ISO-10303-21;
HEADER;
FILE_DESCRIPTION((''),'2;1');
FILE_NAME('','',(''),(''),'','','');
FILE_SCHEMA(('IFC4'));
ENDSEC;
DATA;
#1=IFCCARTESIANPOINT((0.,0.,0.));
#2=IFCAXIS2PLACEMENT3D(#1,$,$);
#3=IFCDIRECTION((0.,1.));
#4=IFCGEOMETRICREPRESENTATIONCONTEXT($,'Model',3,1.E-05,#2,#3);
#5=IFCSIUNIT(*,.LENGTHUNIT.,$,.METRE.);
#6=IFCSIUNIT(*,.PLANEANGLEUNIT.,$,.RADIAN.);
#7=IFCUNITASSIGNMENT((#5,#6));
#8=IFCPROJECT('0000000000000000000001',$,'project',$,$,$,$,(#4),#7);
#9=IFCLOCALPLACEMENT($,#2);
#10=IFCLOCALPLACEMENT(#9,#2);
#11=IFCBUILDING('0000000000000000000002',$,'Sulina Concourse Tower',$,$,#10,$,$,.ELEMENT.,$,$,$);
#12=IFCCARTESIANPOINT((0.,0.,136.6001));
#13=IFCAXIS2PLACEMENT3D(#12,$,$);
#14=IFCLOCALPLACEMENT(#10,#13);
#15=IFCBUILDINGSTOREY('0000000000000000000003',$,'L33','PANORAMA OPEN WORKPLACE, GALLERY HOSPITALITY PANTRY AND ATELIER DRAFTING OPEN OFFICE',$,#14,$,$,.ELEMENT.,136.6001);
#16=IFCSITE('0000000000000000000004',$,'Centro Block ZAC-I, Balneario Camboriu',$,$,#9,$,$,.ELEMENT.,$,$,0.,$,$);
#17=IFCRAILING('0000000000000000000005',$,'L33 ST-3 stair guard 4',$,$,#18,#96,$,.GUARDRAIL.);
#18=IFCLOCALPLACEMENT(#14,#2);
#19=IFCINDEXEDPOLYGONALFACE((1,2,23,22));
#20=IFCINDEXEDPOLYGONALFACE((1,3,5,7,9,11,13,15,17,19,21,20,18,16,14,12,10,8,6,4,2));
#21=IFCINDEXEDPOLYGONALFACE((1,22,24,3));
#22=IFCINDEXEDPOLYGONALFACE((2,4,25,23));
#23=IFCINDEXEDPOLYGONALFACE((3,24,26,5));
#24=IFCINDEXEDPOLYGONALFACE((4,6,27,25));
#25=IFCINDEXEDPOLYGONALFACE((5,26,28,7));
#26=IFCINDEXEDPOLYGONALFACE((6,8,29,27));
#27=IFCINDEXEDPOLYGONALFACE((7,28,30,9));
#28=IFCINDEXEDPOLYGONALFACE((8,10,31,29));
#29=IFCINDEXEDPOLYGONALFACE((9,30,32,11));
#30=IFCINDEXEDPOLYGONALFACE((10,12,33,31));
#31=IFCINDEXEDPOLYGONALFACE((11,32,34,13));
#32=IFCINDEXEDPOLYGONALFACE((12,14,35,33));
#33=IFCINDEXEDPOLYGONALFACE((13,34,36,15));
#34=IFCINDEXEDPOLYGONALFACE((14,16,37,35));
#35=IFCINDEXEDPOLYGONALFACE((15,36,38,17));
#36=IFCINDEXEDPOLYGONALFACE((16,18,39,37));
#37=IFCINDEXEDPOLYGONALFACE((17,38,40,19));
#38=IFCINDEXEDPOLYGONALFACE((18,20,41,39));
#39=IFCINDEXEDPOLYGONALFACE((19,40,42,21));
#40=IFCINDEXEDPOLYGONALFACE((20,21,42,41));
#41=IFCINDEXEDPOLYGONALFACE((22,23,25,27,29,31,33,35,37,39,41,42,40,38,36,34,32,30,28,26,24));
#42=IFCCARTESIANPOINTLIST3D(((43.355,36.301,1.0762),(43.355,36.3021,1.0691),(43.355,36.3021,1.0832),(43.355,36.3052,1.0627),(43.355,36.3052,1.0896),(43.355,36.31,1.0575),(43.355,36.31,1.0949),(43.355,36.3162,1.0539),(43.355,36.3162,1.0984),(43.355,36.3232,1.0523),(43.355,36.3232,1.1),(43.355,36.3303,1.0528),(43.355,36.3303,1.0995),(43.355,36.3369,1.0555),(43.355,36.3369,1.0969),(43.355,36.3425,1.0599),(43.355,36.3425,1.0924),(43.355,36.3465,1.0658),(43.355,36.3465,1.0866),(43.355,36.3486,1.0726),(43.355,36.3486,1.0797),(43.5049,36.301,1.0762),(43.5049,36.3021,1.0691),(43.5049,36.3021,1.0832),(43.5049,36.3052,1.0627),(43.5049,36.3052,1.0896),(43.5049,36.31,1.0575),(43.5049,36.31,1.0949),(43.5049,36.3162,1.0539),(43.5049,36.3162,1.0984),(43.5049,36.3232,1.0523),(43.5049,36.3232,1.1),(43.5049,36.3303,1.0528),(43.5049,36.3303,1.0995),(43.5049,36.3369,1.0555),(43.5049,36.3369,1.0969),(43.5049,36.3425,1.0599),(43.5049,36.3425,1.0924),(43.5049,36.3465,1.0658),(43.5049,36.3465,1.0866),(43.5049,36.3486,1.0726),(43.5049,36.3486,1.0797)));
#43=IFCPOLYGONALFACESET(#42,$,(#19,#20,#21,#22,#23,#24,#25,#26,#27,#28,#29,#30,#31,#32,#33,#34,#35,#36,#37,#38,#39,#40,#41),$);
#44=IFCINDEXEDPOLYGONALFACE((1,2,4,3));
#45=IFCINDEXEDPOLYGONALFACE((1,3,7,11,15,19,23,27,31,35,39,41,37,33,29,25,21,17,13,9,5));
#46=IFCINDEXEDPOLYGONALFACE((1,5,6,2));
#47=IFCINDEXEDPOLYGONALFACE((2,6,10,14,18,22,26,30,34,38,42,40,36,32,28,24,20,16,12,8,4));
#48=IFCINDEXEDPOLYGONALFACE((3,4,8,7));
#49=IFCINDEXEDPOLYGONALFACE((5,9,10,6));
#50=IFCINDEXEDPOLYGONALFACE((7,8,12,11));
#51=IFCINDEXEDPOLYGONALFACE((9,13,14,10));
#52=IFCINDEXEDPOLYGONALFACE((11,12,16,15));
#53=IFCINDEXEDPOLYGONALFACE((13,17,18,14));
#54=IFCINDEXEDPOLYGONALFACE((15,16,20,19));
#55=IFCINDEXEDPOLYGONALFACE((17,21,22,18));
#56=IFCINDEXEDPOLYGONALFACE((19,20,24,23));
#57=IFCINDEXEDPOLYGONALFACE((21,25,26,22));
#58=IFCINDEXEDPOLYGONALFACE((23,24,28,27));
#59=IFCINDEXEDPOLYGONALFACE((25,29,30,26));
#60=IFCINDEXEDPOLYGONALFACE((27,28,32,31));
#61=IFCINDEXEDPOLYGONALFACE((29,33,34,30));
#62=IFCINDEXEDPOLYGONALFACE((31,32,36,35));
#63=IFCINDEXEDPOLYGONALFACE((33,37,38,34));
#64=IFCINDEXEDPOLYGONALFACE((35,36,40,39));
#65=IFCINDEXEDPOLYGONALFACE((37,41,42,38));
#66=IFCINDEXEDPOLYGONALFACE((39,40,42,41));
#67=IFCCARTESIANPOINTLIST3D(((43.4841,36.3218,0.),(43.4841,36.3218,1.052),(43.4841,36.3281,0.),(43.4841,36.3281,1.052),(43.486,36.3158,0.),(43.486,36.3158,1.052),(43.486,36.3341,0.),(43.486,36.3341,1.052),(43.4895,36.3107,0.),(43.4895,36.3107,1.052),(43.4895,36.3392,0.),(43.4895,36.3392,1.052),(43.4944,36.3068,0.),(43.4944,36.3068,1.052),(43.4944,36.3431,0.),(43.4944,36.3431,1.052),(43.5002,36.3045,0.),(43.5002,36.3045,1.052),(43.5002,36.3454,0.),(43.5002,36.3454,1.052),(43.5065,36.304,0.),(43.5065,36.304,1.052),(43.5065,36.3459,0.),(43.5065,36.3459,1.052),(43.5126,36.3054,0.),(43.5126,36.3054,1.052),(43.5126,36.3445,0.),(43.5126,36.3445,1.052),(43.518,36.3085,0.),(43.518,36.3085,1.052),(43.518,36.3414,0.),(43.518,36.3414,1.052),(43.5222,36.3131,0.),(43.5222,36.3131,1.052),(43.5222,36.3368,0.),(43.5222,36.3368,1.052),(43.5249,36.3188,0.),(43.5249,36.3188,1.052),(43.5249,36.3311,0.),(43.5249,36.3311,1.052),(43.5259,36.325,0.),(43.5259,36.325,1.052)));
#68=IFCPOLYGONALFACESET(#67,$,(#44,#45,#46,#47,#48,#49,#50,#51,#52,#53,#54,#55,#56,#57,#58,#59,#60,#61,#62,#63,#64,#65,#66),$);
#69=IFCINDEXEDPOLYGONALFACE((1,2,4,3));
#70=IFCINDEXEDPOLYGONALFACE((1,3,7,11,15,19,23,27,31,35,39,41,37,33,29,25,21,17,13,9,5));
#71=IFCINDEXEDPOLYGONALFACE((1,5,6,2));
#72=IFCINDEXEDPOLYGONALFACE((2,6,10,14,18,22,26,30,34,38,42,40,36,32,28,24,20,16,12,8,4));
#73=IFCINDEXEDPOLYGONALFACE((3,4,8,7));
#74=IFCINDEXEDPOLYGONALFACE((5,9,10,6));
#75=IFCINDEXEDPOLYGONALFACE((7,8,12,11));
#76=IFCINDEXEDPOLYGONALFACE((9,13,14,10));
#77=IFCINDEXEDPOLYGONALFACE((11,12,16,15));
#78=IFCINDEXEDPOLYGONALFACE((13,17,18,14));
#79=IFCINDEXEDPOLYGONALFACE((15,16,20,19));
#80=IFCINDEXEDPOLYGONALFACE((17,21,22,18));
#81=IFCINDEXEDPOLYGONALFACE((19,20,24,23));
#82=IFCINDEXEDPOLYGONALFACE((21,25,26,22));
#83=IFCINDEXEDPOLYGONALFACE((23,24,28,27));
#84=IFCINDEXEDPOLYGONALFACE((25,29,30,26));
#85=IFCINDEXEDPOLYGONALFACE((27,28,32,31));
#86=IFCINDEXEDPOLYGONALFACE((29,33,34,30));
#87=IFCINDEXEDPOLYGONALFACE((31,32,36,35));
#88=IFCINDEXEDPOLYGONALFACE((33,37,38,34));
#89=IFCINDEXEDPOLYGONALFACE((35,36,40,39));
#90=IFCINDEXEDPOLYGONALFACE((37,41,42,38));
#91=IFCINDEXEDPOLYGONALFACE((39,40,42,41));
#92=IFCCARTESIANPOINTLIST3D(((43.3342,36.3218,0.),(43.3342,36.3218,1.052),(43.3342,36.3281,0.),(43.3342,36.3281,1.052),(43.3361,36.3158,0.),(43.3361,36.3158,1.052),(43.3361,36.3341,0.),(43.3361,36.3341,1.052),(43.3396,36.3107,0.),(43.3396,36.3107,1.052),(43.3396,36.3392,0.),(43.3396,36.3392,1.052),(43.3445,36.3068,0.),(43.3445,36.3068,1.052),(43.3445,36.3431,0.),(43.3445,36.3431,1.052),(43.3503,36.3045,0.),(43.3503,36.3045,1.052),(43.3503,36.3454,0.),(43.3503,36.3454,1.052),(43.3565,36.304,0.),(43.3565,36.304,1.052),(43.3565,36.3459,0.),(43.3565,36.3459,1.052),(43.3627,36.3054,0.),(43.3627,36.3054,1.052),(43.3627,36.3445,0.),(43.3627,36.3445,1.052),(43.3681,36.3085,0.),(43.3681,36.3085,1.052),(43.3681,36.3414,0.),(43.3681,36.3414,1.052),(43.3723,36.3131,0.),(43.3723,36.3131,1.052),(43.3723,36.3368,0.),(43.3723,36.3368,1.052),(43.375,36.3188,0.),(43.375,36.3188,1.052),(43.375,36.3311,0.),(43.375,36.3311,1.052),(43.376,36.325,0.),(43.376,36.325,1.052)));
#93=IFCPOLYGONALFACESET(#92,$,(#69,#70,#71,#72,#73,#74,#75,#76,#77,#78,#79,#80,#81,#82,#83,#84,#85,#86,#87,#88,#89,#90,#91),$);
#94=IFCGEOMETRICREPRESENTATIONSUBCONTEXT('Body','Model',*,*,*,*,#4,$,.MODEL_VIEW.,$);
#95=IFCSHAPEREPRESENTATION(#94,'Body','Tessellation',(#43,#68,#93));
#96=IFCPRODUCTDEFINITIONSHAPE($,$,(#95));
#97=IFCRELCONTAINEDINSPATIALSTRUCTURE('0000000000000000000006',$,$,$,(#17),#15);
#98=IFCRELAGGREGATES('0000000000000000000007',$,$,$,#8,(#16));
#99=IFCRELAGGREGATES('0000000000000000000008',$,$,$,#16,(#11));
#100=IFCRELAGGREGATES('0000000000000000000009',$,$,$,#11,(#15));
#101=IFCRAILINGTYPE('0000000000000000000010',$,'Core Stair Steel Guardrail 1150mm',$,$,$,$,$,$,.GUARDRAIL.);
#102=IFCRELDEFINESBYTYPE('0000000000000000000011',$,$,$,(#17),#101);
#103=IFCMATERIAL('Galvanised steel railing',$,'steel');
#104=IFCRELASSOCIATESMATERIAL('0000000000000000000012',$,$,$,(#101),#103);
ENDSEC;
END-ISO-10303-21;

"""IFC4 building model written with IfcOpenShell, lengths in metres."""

from ifc_helpers import new_model, si_unit, direction, frame, origin, origin_2d, place, context, subcontext, project, spatial, circle, extrude, material, type_object, element, save


model = new_model("IFC4")

# Units and contexts
model_context = context("Model", 3, precision=1e-05, world=origin(), true_north=direction((0.0, 1.0)))
body_context = subcontext(model_context, "Body", "Model", "MODEL_VIEW")
ifc_project = project(units=[si_unit("LENGTHUNIT", "METRE"), si_unit("PLANEANGLEUNIT", "RADIAN")], contexts=[model_context])

# Site, building, storey
site_placement = place(None, origin())
site = spatial("IfcSite", under=ifc_project, at=site_placement, Name="Centro Block ZAC-I, Balneario Camboriu", CompositionType="ELEMENT", RefElevation=0.0)
building_placement = place(site_placement, origin())
building = spatial("IfcBuilding", under=site, at=building_placement, Name="Sulina Concourse Tower", CompositionType="ELEMENT")
storey_placement = place(building_placement, frame((0.0, 0.0, 136.6001)))
storey = spatial("IfcBuildingStorey", under=building, at=storey_placement, Name="L33", Description="PANORAMA OPEN WORKPLACE, GALLERY HOSPITALITY PANTRY AND ATELIER DRAFTING OPEN OFFICE", CompositionType="ELEMENT", Elevation=136.6001)

# Railing
ifc_material_1 = material(Name="Galvanised steel railing", Category="steel")
railing_type_1 = type_object("IfcRailingType", Name="Core Stair Steel Guardrail 1150mm", PredefinedType="GUARDRAIL", material=ifc_material_1)
railing_1_placement = place(storey_placement, frame((43.5049, 36.325, 0.0)))
element("IfcRailing", 1, at=railing_1_placement, inside=storey, type_object=railing_type_1, Name="L33 ST-3 stair guard 4", PredefinedType="GUARDRAIL", context=body_context, shape_type="SweptSolid", body=[
    extrude(circle(Radius=0.0239, at=origin_2d()), frame((0.0, 0.0, 1.0762), z_axis=(-1.0, 0.0, 0.0), x_axis=(0.0, -1.0, 0.0)), (0.0, 0.0, 1.0), 0.1499),
    extrude(circle(Radius=0.021, at=origin_2d()), origin(), (0.0, 0.0, 1.0), 1.052),
    extrude(circle(Radius=0.021, at=origin_2d()), frame((-0.1499, 0.0, 0.0)), (0.0, 0.0, 1.0), 1.052),
])

save(model, "model.ifc")
